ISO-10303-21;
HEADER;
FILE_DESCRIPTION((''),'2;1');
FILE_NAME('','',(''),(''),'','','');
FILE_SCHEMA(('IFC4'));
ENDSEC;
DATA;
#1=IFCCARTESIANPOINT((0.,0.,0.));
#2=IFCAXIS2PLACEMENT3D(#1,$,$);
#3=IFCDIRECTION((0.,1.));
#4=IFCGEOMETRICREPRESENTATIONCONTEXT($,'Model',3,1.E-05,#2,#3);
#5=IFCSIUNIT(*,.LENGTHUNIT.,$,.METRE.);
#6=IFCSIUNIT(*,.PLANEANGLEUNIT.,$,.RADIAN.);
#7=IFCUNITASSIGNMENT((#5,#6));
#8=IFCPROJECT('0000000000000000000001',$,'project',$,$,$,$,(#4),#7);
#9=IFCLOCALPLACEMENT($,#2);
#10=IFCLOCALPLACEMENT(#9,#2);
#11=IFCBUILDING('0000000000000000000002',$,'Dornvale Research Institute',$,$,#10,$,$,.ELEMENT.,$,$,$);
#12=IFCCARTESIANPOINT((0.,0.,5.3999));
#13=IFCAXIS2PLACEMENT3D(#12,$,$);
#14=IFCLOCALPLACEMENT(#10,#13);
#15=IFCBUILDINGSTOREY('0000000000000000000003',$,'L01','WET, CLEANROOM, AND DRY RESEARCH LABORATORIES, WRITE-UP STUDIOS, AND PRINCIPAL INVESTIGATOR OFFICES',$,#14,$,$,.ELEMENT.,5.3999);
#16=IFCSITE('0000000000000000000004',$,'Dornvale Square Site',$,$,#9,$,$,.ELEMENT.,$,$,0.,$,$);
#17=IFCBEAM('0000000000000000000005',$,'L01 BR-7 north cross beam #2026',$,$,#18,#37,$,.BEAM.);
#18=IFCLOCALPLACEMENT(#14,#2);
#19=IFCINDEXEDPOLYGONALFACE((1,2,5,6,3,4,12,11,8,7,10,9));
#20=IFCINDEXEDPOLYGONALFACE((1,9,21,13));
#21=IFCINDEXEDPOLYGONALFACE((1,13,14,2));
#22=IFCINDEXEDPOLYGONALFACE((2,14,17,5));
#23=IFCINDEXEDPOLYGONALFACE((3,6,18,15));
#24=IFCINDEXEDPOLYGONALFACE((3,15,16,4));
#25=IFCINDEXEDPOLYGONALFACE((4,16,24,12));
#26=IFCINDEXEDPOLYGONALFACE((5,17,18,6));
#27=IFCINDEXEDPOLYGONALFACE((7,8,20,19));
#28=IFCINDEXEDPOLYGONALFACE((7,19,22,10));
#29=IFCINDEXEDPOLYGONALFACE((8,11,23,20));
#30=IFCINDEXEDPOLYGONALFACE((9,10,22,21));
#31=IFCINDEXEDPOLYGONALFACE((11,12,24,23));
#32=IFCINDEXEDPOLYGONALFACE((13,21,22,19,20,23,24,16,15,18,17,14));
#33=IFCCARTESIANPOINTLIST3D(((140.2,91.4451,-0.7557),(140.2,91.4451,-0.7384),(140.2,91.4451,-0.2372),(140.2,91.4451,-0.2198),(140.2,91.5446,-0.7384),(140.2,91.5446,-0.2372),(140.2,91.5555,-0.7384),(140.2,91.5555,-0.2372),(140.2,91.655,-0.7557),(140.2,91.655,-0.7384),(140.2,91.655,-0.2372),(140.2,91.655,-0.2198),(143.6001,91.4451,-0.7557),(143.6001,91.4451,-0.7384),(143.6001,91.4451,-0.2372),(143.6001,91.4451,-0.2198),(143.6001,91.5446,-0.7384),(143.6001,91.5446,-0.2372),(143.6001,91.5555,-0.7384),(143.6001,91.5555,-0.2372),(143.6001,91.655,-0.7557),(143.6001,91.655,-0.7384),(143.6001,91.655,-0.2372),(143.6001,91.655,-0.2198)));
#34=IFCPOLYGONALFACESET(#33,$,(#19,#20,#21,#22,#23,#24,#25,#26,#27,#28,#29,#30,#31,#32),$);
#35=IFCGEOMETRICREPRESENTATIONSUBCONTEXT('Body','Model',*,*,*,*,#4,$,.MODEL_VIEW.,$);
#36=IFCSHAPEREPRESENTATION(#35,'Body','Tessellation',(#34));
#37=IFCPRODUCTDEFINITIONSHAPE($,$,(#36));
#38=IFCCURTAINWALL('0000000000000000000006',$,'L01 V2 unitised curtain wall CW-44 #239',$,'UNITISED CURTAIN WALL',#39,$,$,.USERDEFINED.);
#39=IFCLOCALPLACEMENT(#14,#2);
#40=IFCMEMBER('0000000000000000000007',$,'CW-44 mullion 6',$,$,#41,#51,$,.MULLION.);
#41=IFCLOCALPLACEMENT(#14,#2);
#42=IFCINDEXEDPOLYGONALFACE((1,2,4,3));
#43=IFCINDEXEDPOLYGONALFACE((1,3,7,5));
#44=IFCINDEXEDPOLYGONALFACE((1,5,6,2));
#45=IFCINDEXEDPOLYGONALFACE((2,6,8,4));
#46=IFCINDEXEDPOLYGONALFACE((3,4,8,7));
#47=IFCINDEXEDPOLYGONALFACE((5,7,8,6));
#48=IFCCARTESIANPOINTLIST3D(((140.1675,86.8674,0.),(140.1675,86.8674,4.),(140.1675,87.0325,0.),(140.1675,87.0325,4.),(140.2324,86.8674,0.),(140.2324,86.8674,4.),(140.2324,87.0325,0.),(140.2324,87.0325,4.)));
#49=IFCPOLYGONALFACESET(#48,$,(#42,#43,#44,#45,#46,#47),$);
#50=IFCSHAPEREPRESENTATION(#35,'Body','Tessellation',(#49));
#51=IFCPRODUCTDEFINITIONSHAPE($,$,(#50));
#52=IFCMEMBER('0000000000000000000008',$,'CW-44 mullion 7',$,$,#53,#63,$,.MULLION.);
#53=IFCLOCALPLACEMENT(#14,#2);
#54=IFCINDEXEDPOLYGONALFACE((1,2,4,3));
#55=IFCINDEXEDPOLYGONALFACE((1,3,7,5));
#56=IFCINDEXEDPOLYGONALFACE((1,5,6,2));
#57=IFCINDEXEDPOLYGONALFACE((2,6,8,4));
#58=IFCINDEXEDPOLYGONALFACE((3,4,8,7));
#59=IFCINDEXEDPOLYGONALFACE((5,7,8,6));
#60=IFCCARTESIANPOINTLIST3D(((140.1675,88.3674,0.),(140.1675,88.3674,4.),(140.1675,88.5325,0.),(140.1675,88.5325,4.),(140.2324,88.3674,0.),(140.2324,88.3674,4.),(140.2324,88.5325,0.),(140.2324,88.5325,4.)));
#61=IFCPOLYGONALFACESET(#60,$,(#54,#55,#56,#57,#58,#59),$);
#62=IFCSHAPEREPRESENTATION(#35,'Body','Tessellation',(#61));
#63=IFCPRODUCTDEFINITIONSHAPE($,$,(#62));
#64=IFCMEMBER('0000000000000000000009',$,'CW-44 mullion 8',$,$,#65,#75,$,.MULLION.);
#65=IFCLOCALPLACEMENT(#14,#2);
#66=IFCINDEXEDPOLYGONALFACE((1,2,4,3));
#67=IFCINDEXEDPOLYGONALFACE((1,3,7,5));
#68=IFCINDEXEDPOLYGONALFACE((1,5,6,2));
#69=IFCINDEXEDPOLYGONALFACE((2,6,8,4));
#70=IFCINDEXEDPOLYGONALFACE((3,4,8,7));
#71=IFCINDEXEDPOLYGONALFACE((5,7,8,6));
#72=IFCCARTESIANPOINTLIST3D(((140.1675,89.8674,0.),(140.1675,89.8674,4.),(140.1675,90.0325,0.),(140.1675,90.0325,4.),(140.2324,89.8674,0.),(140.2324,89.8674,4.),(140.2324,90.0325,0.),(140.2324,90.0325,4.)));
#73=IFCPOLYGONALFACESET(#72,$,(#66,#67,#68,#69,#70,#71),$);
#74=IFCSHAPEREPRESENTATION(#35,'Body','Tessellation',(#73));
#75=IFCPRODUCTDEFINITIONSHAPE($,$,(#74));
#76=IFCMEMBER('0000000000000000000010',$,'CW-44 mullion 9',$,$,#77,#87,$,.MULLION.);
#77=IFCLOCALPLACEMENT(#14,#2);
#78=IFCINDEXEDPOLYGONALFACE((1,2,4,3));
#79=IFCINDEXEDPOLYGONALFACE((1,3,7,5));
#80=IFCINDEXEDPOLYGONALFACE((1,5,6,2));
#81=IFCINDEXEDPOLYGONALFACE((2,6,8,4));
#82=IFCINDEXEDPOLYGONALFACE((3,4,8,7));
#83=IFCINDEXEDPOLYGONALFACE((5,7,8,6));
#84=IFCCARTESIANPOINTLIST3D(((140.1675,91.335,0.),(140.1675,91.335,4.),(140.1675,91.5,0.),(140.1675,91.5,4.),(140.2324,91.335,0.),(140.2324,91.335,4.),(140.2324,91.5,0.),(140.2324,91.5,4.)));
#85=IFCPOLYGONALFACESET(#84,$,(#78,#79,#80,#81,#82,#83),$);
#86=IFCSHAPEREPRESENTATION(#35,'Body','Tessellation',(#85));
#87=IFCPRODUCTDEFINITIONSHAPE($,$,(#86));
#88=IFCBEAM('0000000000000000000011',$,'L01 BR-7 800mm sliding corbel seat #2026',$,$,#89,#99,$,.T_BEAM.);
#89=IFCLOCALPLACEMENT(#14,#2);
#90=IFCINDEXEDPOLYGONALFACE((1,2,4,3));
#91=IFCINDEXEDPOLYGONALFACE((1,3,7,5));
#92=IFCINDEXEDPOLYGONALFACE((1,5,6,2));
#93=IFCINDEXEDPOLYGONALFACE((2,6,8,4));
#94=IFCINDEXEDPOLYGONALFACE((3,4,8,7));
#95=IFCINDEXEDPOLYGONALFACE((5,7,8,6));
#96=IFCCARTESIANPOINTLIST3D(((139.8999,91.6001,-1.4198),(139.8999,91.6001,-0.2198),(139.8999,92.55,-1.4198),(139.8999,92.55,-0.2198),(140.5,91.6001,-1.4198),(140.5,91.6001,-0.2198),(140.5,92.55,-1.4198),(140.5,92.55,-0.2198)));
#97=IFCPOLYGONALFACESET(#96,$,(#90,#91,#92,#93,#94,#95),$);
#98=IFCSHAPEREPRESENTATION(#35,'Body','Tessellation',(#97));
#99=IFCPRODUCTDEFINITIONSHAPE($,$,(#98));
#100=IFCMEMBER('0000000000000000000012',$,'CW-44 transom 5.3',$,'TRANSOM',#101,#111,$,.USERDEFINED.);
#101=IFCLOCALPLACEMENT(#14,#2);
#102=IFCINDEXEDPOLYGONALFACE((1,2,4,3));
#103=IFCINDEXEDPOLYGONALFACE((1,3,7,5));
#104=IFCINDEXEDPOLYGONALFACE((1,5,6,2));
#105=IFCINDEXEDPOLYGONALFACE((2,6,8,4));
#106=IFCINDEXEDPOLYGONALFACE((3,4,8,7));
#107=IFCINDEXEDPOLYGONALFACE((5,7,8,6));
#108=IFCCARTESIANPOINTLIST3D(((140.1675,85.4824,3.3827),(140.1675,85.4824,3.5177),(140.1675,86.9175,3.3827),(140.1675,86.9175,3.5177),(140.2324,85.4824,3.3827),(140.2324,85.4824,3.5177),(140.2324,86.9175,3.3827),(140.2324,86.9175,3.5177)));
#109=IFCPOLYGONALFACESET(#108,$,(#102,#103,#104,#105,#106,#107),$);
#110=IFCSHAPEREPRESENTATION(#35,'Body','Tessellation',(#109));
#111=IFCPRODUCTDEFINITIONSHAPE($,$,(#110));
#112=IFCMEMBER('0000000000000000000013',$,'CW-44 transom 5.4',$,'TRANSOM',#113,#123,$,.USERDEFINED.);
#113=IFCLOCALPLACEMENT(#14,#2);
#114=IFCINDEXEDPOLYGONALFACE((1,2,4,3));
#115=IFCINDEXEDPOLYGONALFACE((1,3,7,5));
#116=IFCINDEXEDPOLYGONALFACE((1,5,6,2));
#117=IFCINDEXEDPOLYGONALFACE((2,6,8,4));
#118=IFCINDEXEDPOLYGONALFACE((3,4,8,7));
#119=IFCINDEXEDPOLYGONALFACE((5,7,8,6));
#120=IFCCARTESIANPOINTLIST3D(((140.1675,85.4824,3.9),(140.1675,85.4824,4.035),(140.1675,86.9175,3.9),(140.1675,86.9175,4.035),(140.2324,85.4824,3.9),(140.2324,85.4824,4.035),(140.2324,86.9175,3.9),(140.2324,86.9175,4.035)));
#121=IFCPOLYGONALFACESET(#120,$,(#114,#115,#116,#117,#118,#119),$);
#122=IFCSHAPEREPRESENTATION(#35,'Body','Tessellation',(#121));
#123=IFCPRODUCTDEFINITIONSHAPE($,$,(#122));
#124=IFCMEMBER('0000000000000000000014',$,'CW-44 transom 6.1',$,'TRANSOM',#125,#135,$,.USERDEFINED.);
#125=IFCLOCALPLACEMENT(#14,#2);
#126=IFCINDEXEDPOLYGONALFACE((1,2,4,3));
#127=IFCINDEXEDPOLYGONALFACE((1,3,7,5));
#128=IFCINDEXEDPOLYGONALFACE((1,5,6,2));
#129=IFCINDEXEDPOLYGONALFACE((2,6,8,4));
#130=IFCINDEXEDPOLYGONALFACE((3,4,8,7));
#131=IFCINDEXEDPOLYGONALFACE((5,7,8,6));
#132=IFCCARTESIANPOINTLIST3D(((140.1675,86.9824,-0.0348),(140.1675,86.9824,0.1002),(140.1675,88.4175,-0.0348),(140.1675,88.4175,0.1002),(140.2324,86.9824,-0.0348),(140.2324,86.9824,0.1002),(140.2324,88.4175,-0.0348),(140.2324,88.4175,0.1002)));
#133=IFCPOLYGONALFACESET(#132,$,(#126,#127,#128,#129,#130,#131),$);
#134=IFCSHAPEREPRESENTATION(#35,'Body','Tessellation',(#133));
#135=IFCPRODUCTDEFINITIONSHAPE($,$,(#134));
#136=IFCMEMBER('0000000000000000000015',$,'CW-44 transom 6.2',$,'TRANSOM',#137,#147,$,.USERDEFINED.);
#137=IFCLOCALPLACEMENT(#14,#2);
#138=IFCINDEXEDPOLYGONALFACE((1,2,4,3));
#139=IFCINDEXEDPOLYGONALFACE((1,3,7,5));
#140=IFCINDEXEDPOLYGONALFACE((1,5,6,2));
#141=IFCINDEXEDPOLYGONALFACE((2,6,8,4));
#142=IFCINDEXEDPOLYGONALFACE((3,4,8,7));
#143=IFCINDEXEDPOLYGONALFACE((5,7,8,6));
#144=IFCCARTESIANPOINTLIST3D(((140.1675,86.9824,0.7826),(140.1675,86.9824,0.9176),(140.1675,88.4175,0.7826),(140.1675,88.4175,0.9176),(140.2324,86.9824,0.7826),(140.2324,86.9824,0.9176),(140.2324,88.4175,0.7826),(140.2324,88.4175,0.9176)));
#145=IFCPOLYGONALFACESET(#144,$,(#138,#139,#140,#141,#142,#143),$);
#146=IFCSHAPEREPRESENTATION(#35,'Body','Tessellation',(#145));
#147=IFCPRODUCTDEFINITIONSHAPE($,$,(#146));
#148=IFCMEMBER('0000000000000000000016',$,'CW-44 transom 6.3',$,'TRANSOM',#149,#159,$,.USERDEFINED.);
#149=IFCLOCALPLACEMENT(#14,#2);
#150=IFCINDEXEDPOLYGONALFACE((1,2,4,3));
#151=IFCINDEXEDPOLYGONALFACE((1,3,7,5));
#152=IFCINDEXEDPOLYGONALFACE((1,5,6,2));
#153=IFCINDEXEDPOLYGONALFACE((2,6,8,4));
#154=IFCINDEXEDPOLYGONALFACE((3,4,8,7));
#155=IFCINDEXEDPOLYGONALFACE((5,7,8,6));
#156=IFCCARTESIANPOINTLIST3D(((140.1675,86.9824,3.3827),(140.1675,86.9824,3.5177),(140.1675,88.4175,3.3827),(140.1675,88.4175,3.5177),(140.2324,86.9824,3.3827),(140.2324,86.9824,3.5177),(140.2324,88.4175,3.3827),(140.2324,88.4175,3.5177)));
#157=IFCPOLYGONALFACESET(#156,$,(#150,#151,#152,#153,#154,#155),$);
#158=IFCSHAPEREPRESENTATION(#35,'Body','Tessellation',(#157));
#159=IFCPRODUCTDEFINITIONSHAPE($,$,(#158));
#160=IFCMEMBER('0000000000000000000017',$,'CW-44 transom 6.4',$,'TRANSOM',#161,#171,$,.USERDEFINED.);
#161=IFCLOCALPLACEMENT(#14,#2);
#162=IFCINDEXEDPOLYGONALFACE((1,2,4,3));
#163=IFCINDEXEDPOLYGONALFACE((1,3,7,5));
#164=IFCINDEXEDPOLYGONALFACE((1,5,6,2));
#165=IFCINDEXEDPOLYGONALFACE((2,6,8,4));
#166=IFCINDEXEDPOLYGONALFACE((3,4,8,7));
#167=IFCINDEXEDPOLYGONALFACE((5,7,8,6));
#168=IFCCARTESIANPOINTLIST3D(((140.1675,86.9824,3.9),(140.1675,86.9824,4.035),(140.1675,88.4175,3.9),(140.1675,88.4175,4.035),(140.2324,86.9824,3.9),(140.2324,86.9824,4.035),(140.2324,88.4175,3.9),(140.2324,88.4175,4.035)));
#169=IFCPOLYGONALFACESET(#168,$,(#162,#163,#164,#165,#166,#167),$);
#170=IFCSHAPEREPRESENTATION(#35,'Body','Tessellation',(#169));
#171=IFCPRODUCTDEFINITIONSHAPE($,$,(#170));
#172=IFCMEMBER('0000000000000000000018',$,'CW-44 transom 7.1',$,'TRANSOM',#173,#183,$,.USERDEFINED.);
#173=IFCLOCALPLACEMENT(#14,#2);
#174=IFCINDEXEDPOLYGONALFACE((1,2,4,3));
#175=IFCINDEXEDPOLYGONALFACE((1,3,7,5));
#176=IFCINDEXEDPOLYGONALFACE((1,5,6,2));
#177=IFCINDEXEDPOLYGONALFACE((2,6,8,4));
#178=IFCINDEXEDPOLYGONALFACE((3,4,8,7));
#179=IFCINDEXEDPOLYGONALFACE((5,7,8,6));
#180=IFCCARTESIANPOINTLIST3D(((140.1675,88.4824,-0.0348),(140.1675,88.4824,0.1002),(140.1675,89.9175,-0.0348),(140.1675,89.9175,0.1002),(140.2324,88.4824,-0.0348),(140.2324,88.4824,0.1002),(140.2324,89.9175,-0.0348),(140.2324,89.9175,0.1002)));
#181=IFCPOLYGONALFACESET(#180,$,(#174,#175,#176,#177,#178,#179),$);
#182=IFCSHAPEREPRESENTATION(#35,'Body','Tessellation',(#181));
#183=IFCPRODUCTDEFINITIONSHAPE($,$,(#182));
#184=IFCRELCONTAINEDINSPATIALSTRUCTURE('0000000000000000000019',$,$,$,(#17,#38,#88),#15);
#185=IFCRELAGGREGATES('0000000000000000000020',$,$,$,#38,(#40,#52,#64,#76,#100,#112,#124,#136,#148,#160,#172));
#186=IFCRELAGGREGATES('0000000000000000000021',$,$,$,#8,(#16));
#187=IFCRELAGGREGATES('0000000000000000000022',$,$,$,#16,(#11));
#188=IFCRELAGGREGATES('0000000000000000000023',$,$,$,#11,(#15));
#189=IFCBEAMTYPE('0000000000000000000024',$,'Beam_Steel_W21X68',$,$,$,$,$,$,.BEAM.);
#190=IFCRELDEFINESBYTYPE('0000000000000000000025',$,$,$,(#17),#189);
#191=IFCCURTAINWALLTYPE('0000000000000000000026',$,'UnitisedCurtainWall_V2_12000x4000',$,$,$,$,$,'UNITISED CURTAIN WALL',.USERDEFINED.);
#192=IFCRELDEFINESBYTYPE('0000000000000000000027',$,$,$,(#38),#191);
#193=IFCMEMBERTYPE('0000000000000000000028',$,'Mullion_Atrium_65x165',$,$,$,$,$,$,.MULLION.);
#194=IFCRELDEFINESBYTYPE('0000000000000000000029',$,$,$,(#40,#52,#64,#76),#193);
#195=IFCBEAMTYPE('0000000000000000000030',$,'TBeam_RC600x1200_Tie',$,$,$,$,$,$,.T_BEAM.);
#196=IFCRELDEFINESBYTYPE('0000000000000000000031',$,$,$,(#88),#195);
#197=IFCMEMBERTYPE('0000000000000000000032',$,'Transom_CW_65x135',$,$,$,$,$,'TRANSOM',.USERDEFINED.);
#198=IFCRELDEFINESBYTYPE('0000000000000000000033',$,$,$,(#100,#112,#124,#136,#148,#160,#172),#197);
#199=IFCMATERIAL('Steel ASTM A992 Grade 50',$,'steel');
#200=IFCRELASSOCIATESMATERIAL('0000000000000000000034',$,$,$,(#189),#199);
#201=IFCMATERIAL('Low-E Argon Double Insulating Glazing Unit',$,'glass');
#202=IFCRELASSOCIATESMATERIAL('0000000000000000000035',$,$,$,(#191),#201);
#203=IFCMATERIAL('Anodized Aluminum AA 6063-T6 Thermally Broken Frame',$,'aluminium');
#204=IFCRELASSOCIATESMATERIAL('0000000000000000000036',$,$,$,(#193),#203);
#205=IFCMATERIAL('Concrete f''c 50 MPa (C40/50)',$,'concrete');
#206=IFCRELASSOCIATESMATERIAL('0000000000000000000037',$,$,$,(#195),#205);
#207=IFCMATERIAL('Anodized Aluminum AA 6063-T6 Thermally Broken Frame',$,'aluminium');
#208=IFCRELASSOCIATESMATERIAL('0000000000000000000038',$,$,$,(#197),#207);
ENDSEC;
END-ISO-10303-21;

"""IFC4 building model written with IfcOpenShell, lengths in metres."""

from ifc_helpers import new_model, si_unit, direction, frame, origin, origin_2d, place, context, subcontext, project, spatial, rectangle, i_section, extrude, material, material_profile, profile_set, type_object, element, aggregate, save


model = new_model("IFC4")

# Units and contexts
model_context = context("Model", 3, precision=1e-05, world=origin(), true_north=direction((0.0, 1.0)))
body_context = subcontext(model_context, "Body", "Model", "MODEL_VIEW")
ifc_project = project(units=[si_unit("LENGTHUNIT", "METRE"), si_unit("PLANEANGLEUNIT", "RADIAN")], contexts=[model_context])

# Site, building, storey
site_placement = place(None, origin())
site = spatial("IfcSite", under=ifc_project, at=site_placement, Name="Dornvale Square Site", CompositionType="ELEMENT", RefElevation=0.0)
building_placement = place(site_placement, origin())
building = spatial("IfcBuilding", under=site, at=building_placement, Name="Dornvale Research Institute", CompositionType="ELEMENT")
storey_placement = place(building_placement, frame((0.0, 0.0, 5.3999)))
storey = spatial("IfcBuildingStorey", under=building, at=storey_placement, Name="L01", Description="WET, CLEANROOM, AND DRY RESEARCH LABORATORIES, WRITE-UP STUDIOS, AND PRINCIPAL INVESTIGATOR OFFICES", CompositionType="ELEMENT", Elevation=5.3999)

# Beam
ifc_material_1 = material(Name="Steel ASTM A992 Grade 50", Category="steel")
ifc_material_profile_1 = material_profile(ifc_material_1, i_section(OverallWidth=0.21, OverallDepth=0.5359, WebThickness=0.011, FlangeThickness=0.0173, at=origin_2d()), Name="W21X68")
ifc_profile_set_1 = profile_set([ifc_material_profile_1], Name="Steel ASTM A992 Grade 50")
beam_type_1 = type_object("IfcBeamType", Name="Beam_Steel_W21X68", PredefinedType="BEAM", material=ifc_profile_set_1)
beam_1_placement = place(storey_placement, frame((140.2, 91.55, -0.4878), z_axis=(1.0, 0.0, 0.0), x_axis=(0.0, 1.0, 0.0)))
element("IfcBeam", 1, at=beam_1_placement, inside=storey, type_object=beam_type_1, Name="L01 BR-7 north cross beam #2026", PredefinedType="BEAM", context=body_context, shape_type="SweptSolid", body=[
    extrude(i_section(OverallWidth=0.21, OverallDepth=0.5359, WebThickness=0.011, FlangeThickness=0.0173, at=origin_2d()), origin(), (0.0, 0.0, 1.0), 3.4001),
])

# Curtain wall, members
ifc_material_2 = material(Name="Low-E Argon Double Insulating Glazing Unit", Category="glass")
curtain_wall_type = type_object("IfcCurtainWallType", Name="UnitisedCurtainWall_V2_12000x4000", ElementType="UNITISED CURTAIN WALL", PredefinedType="USERDEFINED", material=ifc_material_2)
curtain_wall_placement = place(storey_placement, origin())
curtain_wall = element("IfcCurtainWall", 2, at=curtain_wall_placement, inside=storey, type_object=curtain_wall_type, Name="L01 V2 unitised curtain wall CW-44 #239", ObjectType="UNITISED CURTAIN WALL", PredefinedType="USERDEFINED")
ifc_material_3 = material(Name="Anodized Aluminum AA 6063-T6 Thermally Broken Frame", Category="aluminium")
ifc_material_profile_2 = material_profile(ifc_material_3, rectangle(XDim=0.0649, YDim=0.165, at=origin_2d()), Name="ALU MULLION 65x165")
ifc_profile_set_2 = profile_set([ifc_material_profile_2], Name="Anodized Aluminum AA 6063-T6 Thermally Broken Frame")
member_type_1 = type_object("IfcMemberType", Name="Mullion_Atrium_65x165", PredefinedType="MULLION", material=ifc_profile_set_2)
member_1_placement = place(storey_placement, frame((140.2, 86.95, 0.0), z_axis=(0.0, 0.0, 1.0), x_axis=(-1.0, 0.0, 0.0)))
member_1 = element("IfcMember", 3, at=member_1_placement, type_object=member_type_1, Name="CW-44 mullion 6", PredefinedType="MULLION", context=body_context, shape_type="SweptSolid", body=[
    extrude(rectangle(XDim=0.0649, YDim=0.165, at=origin_2d()), origin(), (0.0, 0.0, 1.0), 4.0),
])
member_2_placement = place(storey_placement, frame((140.2, 88.45, 0.0), z_axis=(0.0, 0.0, 1.0), x_axis=(-1.0, 0.0, 0.0)))
member_2 = element("IfcMember", 4, at=member_2_placement, type_object=member_type_1, Name="CW-44 mullion 7", PredefinedType="MULLION", context=body_context, shape_type="SweptSolid", body=[
    extrude(rectangle(XDim=0.0649, YDim=0.165, at=origin_2d()), origin(), (0.0, 0.0, 1.0), 4.0),
])
member_3_placement = place(storey_placement, frame((140.2, 89.95, 0.0), z_axis=(0.0, 0.0, 1.0), x_axis=(-1.0, 0.0, 0.0)))
member_3 = element("IfcMember", 5, at=member_3_placement, type_object=member_type_1, Name="CW-44 mullion 8", PredefinedType="MULLION", context=body_context, shape_type="SweptSolid", body=[
    extrude(rectangle(XDim=0.0649, YDim=0.165, at=origin_2d()), origin(), (0.0, 0.0, 1.0), 4.0),
])
member_4_placement = place(storey_placement, frame((140.2, 91.4175, 0.0), z_axis=(0.0, 0.0, 1.0), x_axis=(-1.0, 0.0, 0.0)))
member_4 = element("IfcMember", 6, at=member_4_placement, type_object=member_type_1, Name="CW-44 mullion 9", PredefinedType="MULLION", context=body_context, shape_type="SweptSolid", body=[
    extrude(rectangle(XDim=0.0649, YDim=0.165, at=origin_2d()), origin(), (0.0, 0.0, 1.0), 4.0),
])

# Beam
ifc_material_4 = material(Name="Concrete f'c 50 MPa (C40/50)", Category="concrete")
ifc_material_profile_3 = material_profile(ifc_material_4, rectangle(XDim=0.6001, YDim=1.2, at=origin_2d()), Name="RC 600x1200")
ifc_profile_set_3 = profile_set([ifc_material_profile_3], Name="Concrete f'c 50 MPa (C40/50)")
beam_type_2 = type_object("IfcBeamType", Name="TBeam_RC600x1200_Tie", PredefinedType="T_BEAM", material=ifc_profile_set_3)
beam_2_placement = place(storey_placement, frame((140.2, 91.6001, -0.8198), z_axis=(0.0, 1.0, 0.0), x_axis=(-1.0, 0.0, 0.0)))
element("IfcBeam", 7, at=beam_2_placement, inside=storey, type_object=beam_type_2, Name="L01 BR-7 800mm sliding corbel seat #2026", PredefinedType="T_BEAM", context=body_context, shape_type="SweptSolid", body=[
    extrude(rectangle(XDim=0.6001, YDim=1.2, at=origin_2d()), origin(), (0.0, 0.0, 1.0), 0.95),
])

# Members
ifc_material_5 = material(Name="Anodized Aluminum AA 6063-T6 Thermally Broken Frame", Category="aluminium")
ifc_material_profile_4 = material_profile(ifc_material_5, rectangle(XDim=0.0649, YDim=0.135, at=origin_2d()), Name="ALU TRANSOM 65x135")
ifc_profile_set_4 = profile_set([ifc_material_profile_4], Name="Anodized Aluminum AA 6063-T6 Thermally Broken Frame")
member_type_2 = type_object("IfcMemberType", Name="Transom_CW_65x135", ElementType="TRANSOM", PredefinedType="USERDEFINED", material=ifc_profile_set_4)
member_5_placement = place(storey_placement, frame((140.2, 85.4824, 3.4502), z_axis=(0.0, 1.0, 0.0), x_axis=(-1.0, 0.0, 0.0)))
member_5 = element("IfcMember", 8, at=member_5_placement, type_object=member_type_2, Name="CW-44 transom 5.3", ObjectType="TRANSOM", PredefinedType="USERDEFINED", context=body_context, shape_type="SweptSolid", body=[
    extrude(rectangle(XDim=0.0649, YDim=0.135, at=origin_2d()), origin(), (0.0, 0.0, 1.0), 1.4351),
])
member_6_placement = place(storey_placement, frame((140.2, 85.4824, 3.9675), z_axis=(0.0, 1.0, 0.0), x_axis=(-1.0, 0.0, 0.0)))
member_6 = element("IfcMember", 9, at=member_6_placement, type_object=member_type_2, Name="CW-44 transom 5.4", ObjectType="TRANSOM", PredefinedType="USERDEFINED", context=body_context, shape_type="SweptSolid", body=[
    extrude(rectangle(XDim=0.0649, YDim=0.135, at=origin_2d()), origin(), (0.0, 0.0, 1.0), 1.4351),
])
member_7_placement = place(storey_placement, frame((140.2, 86.9824, 0.0327), z_axis=(0.0, 1.0, 0.0), x_axis=(-1.0, 0.0, 0.0)))
member_7 = element("IfcMember", 10, at=member_7_placement, type_object=member_type_2, Name="CW-44 transom 6.1", ObjectType="TRANSOM", PredefinedType="USERDEFINED", context=body_context, shape_type="SweptSolid", body=[
    extrude(rectangle(XDim=0.0649, YDim=0.135, at=origin_2d()), origin(), (0.0, 0.0, 1.0), 1.4351),
])
member_8_placement = place(storey_placement, frame((140.2, 86.9824, 0.8501), z_axis=(0.0, 1.0, 0.0), x_axis=(-1.0, 0.0, 0.0)))
member_8 = element("IfcMember", 11, at=member_8_placement, type_object=member_type_2, Name="CW-44 transom 6.2", ObjectType="TRANSOM", PredefinedType="USERDEFINED", context=body_context, shape_type="SweptSolid", body=[
    extrude(rectangle(XDim=0.0649, YDim=0.135, at=origin_2d()), origin(), (0.0, 0.0, 1.0), 1.4351),
])
member_9_placement = place(storey_placement, frame((140.2, 86.9824, 3.4502), z_axis=(0.0, 1.0, 0.0), x_axis=(-1.0, 0.0, 0.0)))
member_9 = element("IfcMember", 12, at=member_9_placement, type_object=member_type_2, Name="CW-44 transom 6.3", ObjectType="TRANSOM", PredefinedType="USERDEFINED", context=body_context, shape_type="SweptSolid", body=[
    extrude(rectangle(XDim=0.0649, YDim=0.135, at=origin_2d()), origin(), (0.0, 0.0, 1.0), 1.4351),
])
member_10_placement = place(storey_placement, frame((140.2, 86.9824, 3.9675), z_axis=(0.0, 1.0, 0.0), x_axis=(-1.0, 0.0, 0.0)))
member_10 = element("IfcMember", 13, at=member_10_placement, type_object=member_type_2, Name="CW-44 transom 6.4", ObjectType="TRANSOM", PredefinedType="USERDEFINED", context=body_context, shape_type="SweptSolid", body=[
    extrude(rectangle(XDim=0.0649, YDim=0.135, at=origin_2d()), origin(), (0.0, 0.0, 1.0), 1.4351),
])
member_11_placement = place(storey_placement, frame((140.2, 88.4824, 0.0327), z_axis=(0.0, 1.0, 0.0), x_axis=(-1.0, 0.0, 0.0)))
member_11 = element("IfcMember", 14, at=member_11_placement, type_object=member_type_2, Name="CW-44 transom 7.1", ObjectType="TRANSOM", PredefinedType="USERDEFINED", context=body_context, shape_type="SweptSolid", body=[
    extrude(rectangle(XDim=0.0649, YDim=0.135, at=origin_2d()), origin(), (0.0, 0.0, 1.0), 1.4351),
])

aggregate(curtain_wall, [member_1, member_2, member_3, member_4, member_5, member_6, member_7, member_8, member_9, member_10, member_11])

save(model, "model.ifc")
